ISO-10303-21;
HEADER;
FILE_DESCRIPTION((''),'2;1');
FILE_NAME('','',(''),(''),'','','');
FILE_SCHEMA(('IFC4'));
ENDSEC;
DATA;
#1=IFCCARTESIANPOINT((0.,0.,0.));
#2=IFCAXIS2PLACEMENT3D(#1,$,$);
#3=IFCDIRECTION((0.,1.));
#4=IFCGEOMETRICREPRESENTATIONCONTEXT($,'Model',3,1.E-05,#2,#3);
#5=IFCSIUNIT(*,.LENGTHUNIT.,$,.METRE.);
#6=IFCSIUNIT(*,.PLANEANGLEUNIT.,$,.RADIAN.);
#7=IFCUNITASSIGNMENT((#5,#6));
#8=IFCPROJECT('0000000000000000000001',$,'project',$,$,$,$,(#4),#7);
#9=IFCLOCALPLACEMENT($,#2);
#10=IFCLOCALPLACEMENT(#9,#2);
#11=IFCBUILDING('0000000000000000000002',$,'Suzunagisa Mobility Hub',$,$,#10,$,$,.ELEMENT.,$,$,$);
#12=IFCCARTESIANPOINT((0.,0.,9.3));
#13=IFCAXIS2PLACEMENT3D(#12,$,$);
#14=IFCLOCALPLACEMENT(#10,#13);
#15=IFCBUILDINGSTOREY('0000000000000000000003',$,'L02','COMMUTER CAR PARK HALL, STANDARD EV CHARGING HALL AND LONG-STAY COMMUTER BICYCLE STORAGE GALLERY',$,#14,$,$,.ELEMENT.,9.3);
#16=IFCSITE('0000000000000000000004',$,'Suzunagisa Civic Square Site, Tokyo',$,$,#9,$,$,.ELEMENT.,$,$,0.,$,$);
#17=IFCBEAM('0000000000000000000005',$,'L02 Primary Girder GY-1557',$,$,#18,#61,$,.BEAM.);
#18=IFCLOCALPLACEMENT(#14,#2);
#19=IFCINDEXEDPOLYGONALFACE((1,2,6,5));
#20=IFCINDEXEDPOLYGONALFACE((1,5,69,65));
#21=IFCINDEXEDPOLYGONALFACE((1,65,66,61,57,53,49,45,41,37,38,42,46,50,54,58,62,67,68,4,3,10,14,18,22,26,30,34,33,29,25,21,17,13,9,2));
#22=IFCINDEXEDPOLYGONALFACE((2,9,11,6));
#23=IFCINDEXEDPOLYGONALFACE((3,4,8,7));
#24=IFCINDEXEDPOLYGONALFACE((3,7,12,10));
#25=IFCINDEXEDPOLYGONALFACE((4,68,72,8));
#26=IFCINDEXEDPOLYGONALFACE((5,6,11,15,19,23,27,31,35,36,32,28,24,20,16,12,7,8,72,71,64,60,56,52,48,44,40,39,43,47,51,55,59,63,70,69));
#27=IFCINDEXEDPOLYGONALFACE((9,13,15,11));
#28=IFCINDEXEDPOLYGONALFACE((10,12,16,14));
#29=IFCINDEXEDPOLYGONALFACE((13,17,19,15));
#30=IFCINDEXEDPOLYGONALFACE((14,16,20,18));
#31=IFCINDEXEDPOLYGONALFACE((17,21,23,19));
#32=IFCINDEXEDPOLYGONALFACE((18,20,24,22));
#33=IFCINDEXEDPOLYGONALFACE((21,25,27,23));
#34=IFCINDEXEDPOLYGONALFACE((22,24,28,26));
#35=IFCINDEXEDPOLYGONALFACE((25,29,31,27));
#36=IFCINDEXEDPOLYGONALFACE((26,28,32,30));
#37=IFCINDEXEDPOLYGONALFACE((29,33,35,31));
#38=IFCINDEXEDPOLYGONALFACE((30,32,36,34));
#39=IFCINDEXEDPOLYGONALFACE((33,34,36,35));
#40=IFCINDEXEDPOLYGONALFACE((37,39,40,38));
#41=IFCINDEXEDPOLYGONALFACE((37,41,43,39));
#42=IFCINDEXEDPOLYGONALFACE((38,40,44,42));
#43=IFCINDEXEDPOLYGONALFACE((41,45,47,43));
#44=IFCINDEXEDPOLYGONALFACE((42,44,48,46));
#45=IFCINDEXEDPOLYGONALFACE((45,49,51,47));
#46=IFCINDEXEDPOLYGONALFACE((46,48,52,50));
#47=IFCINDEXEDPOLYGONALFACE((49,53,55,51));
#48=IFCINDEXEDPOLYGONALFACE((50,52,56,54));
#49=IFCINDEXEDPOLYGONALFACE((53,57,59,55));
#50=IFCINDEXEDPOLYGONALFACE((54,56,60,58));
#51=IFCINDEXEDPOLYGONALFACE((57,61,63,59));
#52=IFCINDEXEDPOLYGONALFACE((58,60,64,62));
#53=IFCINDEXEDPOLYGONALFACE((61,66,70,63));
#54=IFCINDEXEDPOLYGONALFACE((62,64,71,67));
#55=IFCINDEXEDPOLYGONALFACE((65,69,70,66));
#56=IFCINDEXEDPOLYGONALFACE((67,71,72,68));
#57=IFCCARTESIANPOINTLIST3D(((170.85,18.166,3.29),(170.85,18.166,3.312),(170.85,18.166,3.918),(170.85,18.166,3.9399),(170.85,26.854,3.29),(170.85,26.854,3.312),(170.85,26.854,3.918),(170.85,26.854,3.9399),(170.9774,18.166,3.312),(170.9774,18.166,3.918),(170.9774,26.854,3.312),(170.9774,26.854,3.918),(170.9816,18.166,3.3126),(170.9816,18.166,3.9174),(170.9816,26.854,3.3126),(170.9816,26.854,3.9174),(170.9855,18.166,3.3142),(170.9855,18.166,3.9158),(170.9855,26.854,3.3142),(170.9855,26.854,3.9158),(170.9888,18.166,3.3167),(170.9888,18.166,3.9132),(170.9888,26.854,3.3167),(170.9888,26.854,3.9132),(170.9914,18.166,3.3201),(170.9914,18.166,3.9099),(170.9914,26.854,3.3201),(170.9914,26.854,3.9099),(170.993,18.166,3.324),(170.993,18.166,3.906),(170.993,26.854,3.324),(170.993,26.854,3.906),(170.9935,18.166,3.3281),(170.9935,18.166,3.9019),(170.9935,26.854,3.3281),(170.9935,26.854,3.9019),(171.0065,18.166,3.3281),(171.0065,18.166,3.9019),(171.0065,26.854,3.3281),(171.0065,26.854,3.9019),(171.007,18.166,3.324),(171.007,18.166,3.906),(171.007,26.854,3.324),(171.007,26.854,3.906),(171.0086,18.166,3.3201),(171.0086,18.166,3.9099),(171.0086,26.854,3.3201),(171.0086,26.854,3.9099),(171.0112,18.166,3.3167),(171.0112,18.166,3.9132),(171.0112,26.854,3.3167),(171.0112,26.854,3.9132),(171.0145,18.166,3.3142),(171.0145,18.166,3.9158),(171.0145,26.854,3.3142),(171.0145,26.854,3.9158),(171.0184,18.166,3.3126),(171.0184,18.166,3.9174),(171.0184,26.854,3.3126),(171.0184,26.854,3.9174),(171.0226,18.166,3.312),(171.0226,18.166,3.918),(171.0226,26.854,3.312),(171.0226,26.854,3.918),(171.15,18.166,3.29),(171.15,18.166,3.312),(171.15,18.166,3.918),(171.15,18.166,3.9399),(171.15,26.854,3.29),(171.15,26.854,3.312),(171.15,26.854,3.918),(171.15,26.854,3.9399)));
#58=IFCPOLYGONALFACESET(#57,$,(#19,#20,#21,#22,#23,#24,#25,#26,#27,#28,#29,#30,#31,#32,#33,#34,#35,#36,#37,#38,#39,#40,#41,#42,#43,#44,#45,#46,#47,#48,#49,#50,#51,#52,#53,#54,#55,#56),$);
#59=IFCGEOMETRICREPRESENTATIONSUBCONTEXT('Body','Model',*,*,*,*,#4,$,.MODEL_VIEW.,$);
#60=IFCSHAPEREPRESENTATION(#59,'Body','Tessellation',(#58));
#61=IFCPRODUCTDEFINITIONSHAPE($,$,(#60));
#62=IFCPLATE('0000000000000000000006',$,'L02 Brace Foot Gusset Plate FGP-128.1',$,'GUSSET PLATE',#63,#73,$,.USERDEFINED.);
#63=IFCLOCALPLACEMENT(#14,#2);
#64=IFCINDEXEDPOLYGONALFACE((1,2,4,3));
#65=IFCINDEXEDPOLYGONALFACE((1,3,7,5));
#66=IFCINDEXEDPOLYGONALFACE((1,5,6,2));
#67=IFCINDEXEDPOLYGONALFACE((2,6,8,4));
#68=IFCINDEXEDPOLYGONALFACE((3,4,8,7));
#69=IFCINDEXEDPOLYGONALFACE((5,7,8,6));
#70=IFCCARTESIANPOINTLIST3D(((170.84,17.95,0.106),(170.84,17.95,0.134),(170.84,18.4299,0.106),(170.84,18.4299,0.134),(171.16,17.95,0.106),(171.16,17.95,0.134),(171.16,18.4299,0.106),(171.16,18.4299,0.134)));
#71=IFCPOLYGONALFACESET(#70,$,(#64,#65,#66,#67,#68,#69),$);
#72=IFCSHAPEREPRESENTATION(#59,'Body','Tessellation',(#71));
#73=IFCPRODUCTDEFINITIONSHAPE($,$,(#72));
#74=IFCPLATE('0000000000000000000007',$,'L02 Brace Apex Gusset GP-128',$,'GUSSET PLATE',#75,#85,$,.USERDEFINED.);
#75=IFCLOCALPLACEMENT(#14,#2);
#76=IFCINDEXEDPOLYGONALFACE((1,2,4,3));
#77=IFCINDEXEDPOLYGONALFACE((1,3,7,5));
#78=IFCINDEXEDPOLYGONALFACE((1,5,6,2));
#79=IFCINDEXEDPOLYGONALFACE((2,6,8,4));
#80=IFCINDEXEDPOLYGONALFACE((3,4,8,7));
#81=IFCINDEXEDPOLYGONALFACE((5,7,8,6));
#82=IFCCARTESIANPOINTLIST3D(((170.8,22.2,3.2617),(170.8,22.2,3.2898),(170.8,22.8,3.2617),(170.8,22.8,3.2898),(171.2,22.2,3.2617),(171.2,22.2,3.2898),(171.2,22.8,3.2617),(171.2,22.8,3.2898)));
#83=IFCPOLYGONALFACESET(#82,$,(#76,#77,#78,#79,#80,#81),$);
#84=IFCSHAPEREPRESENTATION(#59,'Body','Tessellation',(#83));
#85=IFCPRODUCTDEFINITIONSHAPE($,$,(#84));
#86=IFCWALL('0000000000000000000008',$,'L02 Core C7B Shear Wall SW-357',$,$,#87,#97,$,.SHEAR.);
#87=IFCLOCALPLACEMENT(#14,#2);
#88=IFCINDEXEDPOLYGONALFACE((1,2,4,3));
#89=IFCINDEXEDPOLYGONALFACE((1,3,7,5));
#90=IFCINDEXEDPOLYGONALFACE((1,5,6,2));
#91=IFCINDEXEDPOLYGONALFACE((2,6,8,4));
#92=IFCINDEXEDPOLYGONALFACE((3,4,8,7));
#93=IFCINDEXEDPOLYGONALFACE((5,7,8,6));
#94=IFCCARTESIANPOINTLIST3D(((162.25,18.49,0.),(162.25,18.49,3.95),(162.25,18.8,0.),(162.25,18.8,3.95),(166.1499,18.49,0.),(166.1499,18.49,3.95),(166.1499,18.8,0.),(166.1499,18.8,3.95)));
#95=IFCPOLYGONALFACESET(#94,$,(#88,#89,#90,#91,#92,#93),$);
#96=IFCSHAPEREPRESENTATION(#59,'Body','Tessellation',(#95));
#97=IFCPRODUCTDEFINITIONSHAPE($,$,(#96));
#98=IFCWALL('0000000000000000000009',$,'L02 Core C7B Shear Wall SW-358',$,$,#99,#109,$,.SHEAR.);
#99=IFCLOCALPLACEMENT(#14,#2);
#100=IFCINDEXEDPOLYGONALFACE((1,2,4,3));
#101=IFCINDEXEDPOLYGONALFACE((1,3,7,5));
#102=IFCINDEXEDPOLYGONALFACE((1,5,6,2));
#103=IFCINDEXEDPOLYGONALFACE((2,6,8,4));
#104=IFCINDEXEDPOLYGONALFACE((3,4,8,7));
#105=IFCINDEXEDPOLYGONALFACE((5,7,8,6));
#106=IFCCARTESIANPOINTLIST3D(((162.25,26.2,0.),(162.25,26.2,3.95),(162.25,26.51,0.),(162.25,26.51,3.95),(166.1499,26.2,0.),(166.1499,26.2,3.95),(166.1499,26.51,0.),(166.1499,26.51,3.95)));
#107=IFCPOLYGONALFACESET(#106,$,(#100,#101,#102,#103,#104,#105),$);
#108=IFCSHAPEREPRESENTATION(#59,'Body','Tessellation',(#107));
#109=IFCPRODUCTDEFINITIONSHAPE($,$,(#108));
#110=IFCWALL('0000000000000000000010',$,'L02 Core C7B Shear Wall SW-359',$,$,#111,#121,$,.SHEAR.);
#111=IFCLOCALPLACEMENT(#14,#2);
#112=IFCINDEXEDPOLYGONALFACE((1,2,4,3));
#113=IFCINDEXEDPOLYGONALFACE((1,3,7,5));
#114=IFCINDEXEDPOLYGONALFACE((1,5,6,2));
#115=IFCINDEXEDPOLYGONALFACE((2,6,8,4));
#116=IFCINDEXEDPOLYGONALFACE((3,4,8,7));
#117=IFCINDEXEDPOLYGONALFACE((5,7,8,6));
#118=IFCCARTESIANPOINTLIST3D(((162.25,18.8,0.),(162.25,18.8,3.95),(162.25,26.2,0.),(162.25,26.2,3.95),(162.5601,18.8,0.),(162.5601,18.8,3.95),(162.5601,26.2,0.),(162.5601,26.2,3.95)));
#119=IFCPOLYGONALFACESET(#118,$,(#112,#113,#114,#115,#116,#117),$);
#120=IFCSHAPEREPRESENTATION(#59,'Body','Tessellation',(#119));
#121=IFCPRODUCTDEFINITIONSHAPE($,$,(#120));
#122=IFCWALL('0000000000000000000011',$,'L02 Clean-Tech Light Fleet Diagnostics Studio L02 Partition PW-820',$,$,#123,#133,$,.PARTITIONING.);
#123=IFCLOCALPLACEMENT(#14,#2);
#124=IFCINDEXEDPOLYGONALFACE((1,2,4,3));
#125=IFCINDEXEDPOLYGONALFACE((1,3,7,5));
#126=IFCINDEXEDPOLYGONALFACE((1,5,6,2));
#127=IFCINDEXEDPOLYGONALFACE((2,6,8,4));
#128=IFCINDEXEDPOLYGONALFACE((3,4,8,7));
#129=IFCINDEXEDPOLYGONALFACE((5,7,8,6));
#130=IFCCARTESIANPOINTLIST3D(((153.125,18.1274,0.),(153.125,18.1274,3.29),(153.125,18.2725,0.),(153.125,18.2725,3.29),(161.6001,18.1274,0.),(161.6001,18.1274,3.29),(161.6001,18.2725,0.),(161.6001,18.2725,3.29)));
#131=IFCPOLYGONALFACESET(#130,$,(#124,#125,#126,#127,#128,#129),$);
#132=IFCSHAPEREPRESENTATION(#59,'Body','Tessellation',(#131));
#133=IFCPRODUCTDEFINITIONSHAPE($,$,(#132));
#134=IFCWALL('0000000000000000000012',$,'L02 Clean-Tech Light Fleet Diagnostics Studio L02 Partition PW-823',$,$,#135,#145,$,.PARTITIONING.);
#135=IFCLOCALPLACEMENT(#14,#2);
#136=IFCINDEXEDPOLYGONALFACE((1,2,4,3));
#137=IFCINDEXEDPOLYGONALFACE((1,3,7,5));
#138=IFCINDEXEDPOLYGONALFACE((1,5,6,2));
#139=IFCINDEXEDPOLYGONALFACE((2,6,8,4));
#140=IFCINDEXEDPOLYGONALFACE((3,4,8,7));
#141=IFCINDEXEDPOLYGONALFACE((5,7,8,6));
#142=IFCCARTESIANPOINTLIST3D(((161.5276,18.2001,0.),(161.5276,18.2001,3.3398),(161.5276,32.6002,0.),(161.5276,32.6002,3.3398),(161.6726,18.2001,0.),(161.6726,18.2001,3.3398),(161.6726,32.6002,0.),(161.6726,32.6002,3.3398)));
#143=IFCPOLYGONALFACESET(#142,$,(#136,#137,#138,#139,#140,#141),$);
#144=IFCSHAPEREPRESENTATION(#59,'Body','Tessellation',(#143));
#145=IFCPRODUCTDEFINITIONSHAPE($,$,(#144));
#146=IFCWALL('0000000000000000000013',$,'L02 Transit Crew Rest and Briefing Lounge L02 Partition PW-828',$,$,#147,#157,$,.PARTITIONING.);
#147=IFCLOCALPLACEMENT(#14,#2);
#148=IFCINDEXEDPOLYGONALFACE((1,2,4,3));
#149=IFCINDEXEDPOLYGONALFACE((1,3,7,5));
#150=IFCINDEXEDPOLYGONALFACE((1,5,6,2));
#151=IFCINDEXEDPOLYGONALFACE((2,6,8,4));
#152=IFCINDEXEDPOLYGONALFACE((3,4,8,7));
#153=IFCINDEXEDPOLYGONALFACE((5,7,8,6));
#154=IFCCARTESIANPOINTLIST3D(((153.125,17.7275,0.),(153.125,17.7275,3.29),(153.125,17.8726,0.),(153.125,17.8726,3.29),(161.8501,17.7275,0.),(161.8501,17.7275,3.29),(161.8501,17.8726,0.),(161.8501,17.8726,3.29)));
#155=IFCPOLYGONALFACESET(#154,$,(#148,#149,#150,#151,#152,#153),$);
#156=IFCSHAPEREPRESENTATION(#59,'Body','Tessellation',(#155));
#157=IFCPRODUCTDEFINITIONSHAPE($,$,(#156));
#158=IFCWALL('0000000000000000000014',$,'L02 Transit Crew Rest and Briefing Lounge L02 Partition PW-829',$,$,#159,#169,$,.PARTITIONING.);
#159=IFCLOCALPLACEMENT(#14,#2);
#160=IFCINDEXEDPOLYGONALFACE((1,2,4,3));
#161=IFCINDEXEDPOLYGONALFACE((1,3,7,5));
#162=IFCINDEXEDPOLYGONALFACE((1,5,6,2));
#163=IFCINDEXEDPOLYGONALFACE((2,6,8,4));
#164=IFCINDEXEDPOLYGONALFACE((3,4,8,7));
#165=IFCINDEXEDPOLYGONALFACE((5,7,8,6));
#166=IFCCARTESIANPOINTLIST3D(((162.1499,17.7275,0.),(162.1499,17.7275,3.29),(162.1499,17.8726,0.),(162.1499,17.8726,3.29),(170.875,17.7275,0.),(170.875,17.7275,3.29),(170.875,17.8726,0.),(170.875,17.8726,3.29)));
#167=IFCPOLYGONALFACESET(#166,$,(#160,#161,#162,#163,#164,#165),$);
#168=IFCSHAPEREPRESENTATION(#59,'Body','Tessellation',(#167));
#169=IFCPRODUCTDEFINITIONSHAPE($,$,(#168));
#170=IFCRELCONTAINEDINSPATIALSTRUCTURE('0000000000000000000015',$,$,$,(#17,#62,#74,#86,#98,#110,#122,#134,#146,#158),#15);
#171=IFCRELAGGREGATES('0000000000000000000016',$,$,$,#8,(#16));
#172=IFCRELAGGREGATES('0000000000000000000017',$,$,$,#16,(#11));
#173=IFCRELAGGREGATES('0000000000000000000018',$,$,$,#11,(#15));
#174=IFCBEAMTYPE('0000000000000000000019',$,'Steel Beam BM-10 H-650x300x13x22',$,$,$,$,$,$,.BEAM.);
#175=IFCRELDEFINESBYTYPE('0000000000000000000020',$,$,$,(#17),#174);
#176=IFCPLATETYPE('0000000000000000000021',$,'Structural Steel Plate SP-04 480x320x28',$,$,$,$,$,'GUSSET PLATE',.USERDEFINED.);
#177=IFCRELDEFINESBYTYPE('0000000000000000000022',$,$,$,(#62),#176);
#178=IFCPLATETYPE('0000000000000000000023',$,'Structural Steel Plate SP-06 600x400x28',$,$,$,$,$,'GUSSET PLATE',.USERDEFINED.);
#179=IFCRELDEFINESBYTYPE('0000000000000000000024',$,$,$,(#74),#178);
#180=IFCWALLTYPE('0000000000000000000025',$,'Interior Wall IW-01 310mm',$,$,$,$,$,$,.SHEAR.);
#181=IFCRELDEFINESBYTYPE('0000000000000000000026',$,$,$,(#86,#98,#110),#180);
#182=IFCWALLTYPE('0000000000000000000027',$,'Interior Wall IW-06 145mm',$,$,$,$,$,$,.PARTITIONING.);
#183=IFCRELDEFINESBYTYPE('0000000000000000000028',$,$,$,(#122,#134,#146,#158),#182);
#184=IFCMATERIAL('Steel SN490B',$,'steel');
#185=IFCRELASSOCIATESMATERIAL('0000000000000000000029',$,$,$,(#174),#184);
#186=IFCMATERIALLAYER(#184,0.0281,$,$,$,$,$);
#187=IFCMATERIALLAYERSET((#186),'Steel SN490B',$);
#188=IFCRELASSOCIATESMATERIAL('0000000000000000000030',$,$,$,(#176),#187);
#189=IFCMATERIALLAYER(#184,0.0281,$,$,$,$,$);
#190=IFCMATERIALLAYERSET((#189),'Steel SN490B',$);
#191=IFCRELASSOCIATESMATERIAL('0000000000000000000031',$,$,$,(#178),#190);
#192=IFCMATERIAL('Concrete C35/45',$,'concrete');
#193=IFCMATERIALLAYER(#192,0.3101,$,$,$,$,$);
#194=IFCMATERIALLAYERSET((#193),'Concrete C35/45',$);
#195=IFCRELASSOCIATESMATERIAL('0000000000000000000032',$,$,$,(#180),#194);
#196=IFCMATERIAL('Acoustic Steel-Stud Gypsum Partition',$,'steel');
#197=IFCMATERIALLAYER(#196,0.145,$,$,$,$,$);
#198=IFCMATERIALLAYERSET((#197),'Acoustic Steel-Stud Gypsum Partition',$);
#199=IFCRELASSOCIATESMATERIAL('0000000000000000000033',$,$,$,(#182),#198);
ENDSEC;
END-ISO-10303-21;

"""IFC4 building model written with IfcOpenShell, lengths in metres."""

from ifc_helpers import new_model, si_unit, direction, frame, frame_2d, origin, origin_2d, place, context, subcontext, project, spatial, rectangle, i_section, extrude, material, layer, layer_set, material_profile, profile_set, type_object, element, save


model = new_model("IFC4")

# Units and contexts
model_context = context("Model", 3, precision=1e-05, world=origin(), true_north=direction((0.0, 1.0)))
body_context = subcontext(model_context, "Body", "Model", "MODEL_VIEW")
ifc_project = project(units=[si_unit("LENGTHUNIT", "METRE"), si_unit("PLANEANGLEUNIT", "RADIAN")], contexts=[model_context])

# Site, building, storey
site_placement = place(None, origin())
site = spatial("IfcSite", under=ifc_project, at=site_placement, Name="Suzunagisa Civic Square Site, Tokyo", CompositionType="ELEMENT", RefElevation=0.0)
building_placement = place(site_placement, origin())
building = spatial("IfcBuilding", under=site, at=building_placement, Name="Suzunagisa Mobility Hub", CompositionType="ELEMENT")
storey_placement = place(building_placement, frame((0.0, 0.0, 9.3)))
storey = spatial("IfcBuildingStorey", under=building, at=storey_placement, Name="L02", Description="COMMUTER CAR PARK HALL, STANDARD EV CHARGING HALL AND LONG-STAY COMMUTER BICYCLE STORAGE GALLERY", CompositionType="ELEMENT", Elevation=9.3)

# Shared definitions
ifc_material_1 = material(Name="Steel SN490B", Category="steel")

# Beam
ifc_material_profile_1 = material_profile(ifc_material_1, i_section(OverallWidth=0.3, OverallDepth=0.6499, WebThickness=0.0129, FlangeThickness=0.022, FilletRadius=0.0161, at=origin_2d()), Name="H-650x300x13x22")
ifc_profile_set_1 = profile_set([ifc_material_profile_1], Name="Steel SN490B")
beam_type_1 = type_object("IfcBeamType", Name="Steel Beam BM-10 H-650x300x13x22", PredefinedType="BEAM", material=ifc_profile_set_1)
for number, where, z_axis, x_axis, name in (
    (1, (171.0, 18.166, 3.615), (0.0, 1.0, 0.0), (-1.0, 0.0, 0.0), "L02 Primary Girder GY-1557"),
):
    element("IfcBeam", number, at=place(storey_placement, frame(where, z_axis=z_axis, x_axis=x_axis)), inside=storey, type_object=beam_type_1, Name=name, PredefinedType="BEAM", context=body_context, shape_type="SweptSolid", body=[
        extrude(i_section(OverallWidth=0.3, OverallDepth=0.6499, WebThickness=0.0129, FlangeThickness=0.022, FilletRadius=0.0161, at=origin_2d()), origin(), (0.0, 0.0, 1.0), 8.688),
    ])

# Plates
ifc_layer_1 = layer(ifc_material_1, 0.0281)
ifc_layer_set_1 = layer_set([ifc_layer_1], Name="Steel SN490B")
plate_type_1 = type_object("IfcPlateType", Name="Structural Steel Plate SP-04 480x320x28", ElementType="GUSSET PLATE", PredefinedType="USERDEFINED", material=ifc_layer_set_1)
plate_1_placement = place(storey_placement, frame((171.0, 18.1899, 0.106), z_axis=(0.0, 0.0, 1.0), x_axis=(1.0, 0.0, 0.0)))
element("IfcPlate", 2, at=plate_1_placement, inside=storey, type_object=plate_type_1, Name="L02 Brace Foot Gusset Plate FGP-128.1", ObjectType="GUSSET PLATE", PredefinedType="USERDEFINED", context=body_context, shape_type="SweptSolid", body=[
    extrude(rectangle(XDim=0.3201, YDim=0.48, at=origin_2d()), origin(), (0.0, 0.0, 1.0), 0.0281),
])
ifc_layer_2 = layer(ifc_material_1, 0.0281)
ifc_layer_set_2 = layer_set([ifc_layer_2], Name="Steel SN490B")
plate_type_2 = type_object("IfcPlateType", Name="Structural Steel Plate SP-06 600x400x28", ElementType="GUSSET PLATE", PredefinedType="USERDEFINED", material=ifc_layer_set_2)
plate_2_placement = place(storey_placement, frame((171.0, 22.5, 3.2617), z_axis=(0.0, 0.0, 1.0), x_axis=(1.0, 0.0, 0.0)))
element("IfcPlate", 3, at=plate_2_placement, inside=storey, type_object=plate_type_2, Name="L02 Brace Apex Gusset GP-128", ObjectType="GUSSET PLATE", PredefinedType="USERDEFINED", context=body_context, shape_type="SweptSolid", body=[
    extrude(rectangle(XDim=0.3999, YDim=0.6001, at=origin_2d()), origin(), (0.0, 0.0, 1.0), 0.0281),
])

# Walls
ifc_material_2 = material(Name="Concrete C35/45", Category="concrete")
ifc_layer_3 = layer(ifc_material_2, 0.3101)
ifc_layer_set_3 = layer_set([ifc_layer_3], Name="Concrete C35/45")
wall_type_1 = type_object("IfcWallType", Name="Interior Wall IW-01 310mm", PredefinedType="SHEAR", material=ifc_layer_set_3)
for number, where, z_axis, x_axis, name in (
    (4, (162.25, 18.645, 0.0), (0.0, 0.0, 1.0), (1.0, 0.0, 0.0), "L02 Core C7B Shear Wall SW-357"),
    (5, (162.25, 26.355, 0.0), (0.0, 0.0, 1.0), (1.0, 0.0, 0.0), "L02 Core C7B Shear Wall SW-358"),
):
    element("IfcWall", number, at=place(storey_placement, frame(where, z_axis=z_axis, x_axis=x_axis)), inside=storey, type_object=wall_type_1, Name=name, PredefinedType="SHEAR", context=body_context, shape_type="SweptSolid", body=[
        extrude(rectangle(XDim=3.8999, YDim=0.3101, at=frame_2d((1.95, 0.0))), origin(), (0.0, 0.0, 1.0), 3.95),
    ])
wall_1_placement = place(storey_placement, frame((162.405, 18.8, 0.0), z_axis=(0.0, 0.0, 1.0), x_axis=(0.0, 1.0, 0.0)))
element("IfcWall", 6, at=wall_1_placement, inside=storey, type_object=wall_type_1, Name="L02 Core C7B Shear Wall SW-359", PredefinedType="SHEAR", context=body_context, shape_type="SweptSolid", body=[
    extrude(rectangle(XDim=7.3999, YDim=0.3101, at=frame_2d((3.7, 0.0))), origin(), (0.0, 0.0, 1.0), 3.95),
])

# Walls
ifc_material_3 = material(Name="Acoustic Steel-Stud Gypsum Partition", Category="steel")
ifc_layer_4 = layer(ifc_material_3, 0.145)
ifc_layer_set_4 = layer_set([ifc_layer_4], Name="Acoustic Steel-Stud Gypsum Partition")
wall_type_2 = type_object("IfcWallType", Name="Interior Wall IW-06 145mm", PredefinedType="PARTITIONING", material=ifc_layer_set_4)
wall_2_placement = place(storey_placement, frame((153.125, 18.2, 0.0), z_axis=(0.0, 0.0, 1.0), x_axis=(1.0, 0.0, 0.0)))
element("IfcWall", 7, at=wall_2_placement, inside=storey, type_object=wall_type_2, Name="L02 Clean-Tech Light Fleet Diagnostics Studio L02 Partition PW-820", PredefinedType="PARTITIONING", context=body_context, shape_type="SweptSolid", body=[
    extrude(rectangle(XDim=8.4751, YDim=0.145, at=frame_2d((4.2375, 0.0))), origin(), (0.0, 0.0, 1.0), 3.29),
])
wall_3_placement = place(storey_placement, frame((161.6001, 18.2, 0.0), z_axis=(0.0, 0.0, 1.0), x_axis=(0.0, 1.0, 0.0)))
element("IfcWall", 8, at=wall_3_placement, inside=storey, type_object=wall_type_2, Name="L02 Clean-Tech Light Fleet Diagnostics Studio L02 Partition PW-823", PredefinedType="PARTITIONING", context=body_context, shape_type="SweptSolid", body=[
    extrude(rectangle(XDim=14.4001, YDim=0.145, at=frame_2d((7.2002, 0.0))), origin(), (0.0, 0.0, 1.0), 3.3398),
])
for number, where, z_axis, x_axis, name in (
    (9, (153.125, 17.8, 0.0), (0.0, 0.0, 1.0), (1.0, 0.0, 0.0), "L02 Transit Crew Rest and Briefing Lounge L02 Partition PW-828"),
    (10, (162.1499, 17.8, 0.0), (0.0, 0.0, 1.0), (1.0, 0.0, 0.0), "L02 Transit Crew Rest and Briefing Lounge L02 Partition PW-829"),
):
    element("IfcWall", number, at=place(storey_placement, frame(where, z_axis=z_axis, x_axis=x_axis)), inside=storey, type_object=wall_type_2, Name=name, PredefinedType="PARTITIONING", context=body_context, shape_type="SweptSolid", body=[
        extrude(rectangle(XDim=8.7251, YDim=0.145, at=frame_2d((4.3625, 0.0))), origin(), (0.0, 0.0, 1.0), 3.29),
    ])

save(model, "model.ifc")
